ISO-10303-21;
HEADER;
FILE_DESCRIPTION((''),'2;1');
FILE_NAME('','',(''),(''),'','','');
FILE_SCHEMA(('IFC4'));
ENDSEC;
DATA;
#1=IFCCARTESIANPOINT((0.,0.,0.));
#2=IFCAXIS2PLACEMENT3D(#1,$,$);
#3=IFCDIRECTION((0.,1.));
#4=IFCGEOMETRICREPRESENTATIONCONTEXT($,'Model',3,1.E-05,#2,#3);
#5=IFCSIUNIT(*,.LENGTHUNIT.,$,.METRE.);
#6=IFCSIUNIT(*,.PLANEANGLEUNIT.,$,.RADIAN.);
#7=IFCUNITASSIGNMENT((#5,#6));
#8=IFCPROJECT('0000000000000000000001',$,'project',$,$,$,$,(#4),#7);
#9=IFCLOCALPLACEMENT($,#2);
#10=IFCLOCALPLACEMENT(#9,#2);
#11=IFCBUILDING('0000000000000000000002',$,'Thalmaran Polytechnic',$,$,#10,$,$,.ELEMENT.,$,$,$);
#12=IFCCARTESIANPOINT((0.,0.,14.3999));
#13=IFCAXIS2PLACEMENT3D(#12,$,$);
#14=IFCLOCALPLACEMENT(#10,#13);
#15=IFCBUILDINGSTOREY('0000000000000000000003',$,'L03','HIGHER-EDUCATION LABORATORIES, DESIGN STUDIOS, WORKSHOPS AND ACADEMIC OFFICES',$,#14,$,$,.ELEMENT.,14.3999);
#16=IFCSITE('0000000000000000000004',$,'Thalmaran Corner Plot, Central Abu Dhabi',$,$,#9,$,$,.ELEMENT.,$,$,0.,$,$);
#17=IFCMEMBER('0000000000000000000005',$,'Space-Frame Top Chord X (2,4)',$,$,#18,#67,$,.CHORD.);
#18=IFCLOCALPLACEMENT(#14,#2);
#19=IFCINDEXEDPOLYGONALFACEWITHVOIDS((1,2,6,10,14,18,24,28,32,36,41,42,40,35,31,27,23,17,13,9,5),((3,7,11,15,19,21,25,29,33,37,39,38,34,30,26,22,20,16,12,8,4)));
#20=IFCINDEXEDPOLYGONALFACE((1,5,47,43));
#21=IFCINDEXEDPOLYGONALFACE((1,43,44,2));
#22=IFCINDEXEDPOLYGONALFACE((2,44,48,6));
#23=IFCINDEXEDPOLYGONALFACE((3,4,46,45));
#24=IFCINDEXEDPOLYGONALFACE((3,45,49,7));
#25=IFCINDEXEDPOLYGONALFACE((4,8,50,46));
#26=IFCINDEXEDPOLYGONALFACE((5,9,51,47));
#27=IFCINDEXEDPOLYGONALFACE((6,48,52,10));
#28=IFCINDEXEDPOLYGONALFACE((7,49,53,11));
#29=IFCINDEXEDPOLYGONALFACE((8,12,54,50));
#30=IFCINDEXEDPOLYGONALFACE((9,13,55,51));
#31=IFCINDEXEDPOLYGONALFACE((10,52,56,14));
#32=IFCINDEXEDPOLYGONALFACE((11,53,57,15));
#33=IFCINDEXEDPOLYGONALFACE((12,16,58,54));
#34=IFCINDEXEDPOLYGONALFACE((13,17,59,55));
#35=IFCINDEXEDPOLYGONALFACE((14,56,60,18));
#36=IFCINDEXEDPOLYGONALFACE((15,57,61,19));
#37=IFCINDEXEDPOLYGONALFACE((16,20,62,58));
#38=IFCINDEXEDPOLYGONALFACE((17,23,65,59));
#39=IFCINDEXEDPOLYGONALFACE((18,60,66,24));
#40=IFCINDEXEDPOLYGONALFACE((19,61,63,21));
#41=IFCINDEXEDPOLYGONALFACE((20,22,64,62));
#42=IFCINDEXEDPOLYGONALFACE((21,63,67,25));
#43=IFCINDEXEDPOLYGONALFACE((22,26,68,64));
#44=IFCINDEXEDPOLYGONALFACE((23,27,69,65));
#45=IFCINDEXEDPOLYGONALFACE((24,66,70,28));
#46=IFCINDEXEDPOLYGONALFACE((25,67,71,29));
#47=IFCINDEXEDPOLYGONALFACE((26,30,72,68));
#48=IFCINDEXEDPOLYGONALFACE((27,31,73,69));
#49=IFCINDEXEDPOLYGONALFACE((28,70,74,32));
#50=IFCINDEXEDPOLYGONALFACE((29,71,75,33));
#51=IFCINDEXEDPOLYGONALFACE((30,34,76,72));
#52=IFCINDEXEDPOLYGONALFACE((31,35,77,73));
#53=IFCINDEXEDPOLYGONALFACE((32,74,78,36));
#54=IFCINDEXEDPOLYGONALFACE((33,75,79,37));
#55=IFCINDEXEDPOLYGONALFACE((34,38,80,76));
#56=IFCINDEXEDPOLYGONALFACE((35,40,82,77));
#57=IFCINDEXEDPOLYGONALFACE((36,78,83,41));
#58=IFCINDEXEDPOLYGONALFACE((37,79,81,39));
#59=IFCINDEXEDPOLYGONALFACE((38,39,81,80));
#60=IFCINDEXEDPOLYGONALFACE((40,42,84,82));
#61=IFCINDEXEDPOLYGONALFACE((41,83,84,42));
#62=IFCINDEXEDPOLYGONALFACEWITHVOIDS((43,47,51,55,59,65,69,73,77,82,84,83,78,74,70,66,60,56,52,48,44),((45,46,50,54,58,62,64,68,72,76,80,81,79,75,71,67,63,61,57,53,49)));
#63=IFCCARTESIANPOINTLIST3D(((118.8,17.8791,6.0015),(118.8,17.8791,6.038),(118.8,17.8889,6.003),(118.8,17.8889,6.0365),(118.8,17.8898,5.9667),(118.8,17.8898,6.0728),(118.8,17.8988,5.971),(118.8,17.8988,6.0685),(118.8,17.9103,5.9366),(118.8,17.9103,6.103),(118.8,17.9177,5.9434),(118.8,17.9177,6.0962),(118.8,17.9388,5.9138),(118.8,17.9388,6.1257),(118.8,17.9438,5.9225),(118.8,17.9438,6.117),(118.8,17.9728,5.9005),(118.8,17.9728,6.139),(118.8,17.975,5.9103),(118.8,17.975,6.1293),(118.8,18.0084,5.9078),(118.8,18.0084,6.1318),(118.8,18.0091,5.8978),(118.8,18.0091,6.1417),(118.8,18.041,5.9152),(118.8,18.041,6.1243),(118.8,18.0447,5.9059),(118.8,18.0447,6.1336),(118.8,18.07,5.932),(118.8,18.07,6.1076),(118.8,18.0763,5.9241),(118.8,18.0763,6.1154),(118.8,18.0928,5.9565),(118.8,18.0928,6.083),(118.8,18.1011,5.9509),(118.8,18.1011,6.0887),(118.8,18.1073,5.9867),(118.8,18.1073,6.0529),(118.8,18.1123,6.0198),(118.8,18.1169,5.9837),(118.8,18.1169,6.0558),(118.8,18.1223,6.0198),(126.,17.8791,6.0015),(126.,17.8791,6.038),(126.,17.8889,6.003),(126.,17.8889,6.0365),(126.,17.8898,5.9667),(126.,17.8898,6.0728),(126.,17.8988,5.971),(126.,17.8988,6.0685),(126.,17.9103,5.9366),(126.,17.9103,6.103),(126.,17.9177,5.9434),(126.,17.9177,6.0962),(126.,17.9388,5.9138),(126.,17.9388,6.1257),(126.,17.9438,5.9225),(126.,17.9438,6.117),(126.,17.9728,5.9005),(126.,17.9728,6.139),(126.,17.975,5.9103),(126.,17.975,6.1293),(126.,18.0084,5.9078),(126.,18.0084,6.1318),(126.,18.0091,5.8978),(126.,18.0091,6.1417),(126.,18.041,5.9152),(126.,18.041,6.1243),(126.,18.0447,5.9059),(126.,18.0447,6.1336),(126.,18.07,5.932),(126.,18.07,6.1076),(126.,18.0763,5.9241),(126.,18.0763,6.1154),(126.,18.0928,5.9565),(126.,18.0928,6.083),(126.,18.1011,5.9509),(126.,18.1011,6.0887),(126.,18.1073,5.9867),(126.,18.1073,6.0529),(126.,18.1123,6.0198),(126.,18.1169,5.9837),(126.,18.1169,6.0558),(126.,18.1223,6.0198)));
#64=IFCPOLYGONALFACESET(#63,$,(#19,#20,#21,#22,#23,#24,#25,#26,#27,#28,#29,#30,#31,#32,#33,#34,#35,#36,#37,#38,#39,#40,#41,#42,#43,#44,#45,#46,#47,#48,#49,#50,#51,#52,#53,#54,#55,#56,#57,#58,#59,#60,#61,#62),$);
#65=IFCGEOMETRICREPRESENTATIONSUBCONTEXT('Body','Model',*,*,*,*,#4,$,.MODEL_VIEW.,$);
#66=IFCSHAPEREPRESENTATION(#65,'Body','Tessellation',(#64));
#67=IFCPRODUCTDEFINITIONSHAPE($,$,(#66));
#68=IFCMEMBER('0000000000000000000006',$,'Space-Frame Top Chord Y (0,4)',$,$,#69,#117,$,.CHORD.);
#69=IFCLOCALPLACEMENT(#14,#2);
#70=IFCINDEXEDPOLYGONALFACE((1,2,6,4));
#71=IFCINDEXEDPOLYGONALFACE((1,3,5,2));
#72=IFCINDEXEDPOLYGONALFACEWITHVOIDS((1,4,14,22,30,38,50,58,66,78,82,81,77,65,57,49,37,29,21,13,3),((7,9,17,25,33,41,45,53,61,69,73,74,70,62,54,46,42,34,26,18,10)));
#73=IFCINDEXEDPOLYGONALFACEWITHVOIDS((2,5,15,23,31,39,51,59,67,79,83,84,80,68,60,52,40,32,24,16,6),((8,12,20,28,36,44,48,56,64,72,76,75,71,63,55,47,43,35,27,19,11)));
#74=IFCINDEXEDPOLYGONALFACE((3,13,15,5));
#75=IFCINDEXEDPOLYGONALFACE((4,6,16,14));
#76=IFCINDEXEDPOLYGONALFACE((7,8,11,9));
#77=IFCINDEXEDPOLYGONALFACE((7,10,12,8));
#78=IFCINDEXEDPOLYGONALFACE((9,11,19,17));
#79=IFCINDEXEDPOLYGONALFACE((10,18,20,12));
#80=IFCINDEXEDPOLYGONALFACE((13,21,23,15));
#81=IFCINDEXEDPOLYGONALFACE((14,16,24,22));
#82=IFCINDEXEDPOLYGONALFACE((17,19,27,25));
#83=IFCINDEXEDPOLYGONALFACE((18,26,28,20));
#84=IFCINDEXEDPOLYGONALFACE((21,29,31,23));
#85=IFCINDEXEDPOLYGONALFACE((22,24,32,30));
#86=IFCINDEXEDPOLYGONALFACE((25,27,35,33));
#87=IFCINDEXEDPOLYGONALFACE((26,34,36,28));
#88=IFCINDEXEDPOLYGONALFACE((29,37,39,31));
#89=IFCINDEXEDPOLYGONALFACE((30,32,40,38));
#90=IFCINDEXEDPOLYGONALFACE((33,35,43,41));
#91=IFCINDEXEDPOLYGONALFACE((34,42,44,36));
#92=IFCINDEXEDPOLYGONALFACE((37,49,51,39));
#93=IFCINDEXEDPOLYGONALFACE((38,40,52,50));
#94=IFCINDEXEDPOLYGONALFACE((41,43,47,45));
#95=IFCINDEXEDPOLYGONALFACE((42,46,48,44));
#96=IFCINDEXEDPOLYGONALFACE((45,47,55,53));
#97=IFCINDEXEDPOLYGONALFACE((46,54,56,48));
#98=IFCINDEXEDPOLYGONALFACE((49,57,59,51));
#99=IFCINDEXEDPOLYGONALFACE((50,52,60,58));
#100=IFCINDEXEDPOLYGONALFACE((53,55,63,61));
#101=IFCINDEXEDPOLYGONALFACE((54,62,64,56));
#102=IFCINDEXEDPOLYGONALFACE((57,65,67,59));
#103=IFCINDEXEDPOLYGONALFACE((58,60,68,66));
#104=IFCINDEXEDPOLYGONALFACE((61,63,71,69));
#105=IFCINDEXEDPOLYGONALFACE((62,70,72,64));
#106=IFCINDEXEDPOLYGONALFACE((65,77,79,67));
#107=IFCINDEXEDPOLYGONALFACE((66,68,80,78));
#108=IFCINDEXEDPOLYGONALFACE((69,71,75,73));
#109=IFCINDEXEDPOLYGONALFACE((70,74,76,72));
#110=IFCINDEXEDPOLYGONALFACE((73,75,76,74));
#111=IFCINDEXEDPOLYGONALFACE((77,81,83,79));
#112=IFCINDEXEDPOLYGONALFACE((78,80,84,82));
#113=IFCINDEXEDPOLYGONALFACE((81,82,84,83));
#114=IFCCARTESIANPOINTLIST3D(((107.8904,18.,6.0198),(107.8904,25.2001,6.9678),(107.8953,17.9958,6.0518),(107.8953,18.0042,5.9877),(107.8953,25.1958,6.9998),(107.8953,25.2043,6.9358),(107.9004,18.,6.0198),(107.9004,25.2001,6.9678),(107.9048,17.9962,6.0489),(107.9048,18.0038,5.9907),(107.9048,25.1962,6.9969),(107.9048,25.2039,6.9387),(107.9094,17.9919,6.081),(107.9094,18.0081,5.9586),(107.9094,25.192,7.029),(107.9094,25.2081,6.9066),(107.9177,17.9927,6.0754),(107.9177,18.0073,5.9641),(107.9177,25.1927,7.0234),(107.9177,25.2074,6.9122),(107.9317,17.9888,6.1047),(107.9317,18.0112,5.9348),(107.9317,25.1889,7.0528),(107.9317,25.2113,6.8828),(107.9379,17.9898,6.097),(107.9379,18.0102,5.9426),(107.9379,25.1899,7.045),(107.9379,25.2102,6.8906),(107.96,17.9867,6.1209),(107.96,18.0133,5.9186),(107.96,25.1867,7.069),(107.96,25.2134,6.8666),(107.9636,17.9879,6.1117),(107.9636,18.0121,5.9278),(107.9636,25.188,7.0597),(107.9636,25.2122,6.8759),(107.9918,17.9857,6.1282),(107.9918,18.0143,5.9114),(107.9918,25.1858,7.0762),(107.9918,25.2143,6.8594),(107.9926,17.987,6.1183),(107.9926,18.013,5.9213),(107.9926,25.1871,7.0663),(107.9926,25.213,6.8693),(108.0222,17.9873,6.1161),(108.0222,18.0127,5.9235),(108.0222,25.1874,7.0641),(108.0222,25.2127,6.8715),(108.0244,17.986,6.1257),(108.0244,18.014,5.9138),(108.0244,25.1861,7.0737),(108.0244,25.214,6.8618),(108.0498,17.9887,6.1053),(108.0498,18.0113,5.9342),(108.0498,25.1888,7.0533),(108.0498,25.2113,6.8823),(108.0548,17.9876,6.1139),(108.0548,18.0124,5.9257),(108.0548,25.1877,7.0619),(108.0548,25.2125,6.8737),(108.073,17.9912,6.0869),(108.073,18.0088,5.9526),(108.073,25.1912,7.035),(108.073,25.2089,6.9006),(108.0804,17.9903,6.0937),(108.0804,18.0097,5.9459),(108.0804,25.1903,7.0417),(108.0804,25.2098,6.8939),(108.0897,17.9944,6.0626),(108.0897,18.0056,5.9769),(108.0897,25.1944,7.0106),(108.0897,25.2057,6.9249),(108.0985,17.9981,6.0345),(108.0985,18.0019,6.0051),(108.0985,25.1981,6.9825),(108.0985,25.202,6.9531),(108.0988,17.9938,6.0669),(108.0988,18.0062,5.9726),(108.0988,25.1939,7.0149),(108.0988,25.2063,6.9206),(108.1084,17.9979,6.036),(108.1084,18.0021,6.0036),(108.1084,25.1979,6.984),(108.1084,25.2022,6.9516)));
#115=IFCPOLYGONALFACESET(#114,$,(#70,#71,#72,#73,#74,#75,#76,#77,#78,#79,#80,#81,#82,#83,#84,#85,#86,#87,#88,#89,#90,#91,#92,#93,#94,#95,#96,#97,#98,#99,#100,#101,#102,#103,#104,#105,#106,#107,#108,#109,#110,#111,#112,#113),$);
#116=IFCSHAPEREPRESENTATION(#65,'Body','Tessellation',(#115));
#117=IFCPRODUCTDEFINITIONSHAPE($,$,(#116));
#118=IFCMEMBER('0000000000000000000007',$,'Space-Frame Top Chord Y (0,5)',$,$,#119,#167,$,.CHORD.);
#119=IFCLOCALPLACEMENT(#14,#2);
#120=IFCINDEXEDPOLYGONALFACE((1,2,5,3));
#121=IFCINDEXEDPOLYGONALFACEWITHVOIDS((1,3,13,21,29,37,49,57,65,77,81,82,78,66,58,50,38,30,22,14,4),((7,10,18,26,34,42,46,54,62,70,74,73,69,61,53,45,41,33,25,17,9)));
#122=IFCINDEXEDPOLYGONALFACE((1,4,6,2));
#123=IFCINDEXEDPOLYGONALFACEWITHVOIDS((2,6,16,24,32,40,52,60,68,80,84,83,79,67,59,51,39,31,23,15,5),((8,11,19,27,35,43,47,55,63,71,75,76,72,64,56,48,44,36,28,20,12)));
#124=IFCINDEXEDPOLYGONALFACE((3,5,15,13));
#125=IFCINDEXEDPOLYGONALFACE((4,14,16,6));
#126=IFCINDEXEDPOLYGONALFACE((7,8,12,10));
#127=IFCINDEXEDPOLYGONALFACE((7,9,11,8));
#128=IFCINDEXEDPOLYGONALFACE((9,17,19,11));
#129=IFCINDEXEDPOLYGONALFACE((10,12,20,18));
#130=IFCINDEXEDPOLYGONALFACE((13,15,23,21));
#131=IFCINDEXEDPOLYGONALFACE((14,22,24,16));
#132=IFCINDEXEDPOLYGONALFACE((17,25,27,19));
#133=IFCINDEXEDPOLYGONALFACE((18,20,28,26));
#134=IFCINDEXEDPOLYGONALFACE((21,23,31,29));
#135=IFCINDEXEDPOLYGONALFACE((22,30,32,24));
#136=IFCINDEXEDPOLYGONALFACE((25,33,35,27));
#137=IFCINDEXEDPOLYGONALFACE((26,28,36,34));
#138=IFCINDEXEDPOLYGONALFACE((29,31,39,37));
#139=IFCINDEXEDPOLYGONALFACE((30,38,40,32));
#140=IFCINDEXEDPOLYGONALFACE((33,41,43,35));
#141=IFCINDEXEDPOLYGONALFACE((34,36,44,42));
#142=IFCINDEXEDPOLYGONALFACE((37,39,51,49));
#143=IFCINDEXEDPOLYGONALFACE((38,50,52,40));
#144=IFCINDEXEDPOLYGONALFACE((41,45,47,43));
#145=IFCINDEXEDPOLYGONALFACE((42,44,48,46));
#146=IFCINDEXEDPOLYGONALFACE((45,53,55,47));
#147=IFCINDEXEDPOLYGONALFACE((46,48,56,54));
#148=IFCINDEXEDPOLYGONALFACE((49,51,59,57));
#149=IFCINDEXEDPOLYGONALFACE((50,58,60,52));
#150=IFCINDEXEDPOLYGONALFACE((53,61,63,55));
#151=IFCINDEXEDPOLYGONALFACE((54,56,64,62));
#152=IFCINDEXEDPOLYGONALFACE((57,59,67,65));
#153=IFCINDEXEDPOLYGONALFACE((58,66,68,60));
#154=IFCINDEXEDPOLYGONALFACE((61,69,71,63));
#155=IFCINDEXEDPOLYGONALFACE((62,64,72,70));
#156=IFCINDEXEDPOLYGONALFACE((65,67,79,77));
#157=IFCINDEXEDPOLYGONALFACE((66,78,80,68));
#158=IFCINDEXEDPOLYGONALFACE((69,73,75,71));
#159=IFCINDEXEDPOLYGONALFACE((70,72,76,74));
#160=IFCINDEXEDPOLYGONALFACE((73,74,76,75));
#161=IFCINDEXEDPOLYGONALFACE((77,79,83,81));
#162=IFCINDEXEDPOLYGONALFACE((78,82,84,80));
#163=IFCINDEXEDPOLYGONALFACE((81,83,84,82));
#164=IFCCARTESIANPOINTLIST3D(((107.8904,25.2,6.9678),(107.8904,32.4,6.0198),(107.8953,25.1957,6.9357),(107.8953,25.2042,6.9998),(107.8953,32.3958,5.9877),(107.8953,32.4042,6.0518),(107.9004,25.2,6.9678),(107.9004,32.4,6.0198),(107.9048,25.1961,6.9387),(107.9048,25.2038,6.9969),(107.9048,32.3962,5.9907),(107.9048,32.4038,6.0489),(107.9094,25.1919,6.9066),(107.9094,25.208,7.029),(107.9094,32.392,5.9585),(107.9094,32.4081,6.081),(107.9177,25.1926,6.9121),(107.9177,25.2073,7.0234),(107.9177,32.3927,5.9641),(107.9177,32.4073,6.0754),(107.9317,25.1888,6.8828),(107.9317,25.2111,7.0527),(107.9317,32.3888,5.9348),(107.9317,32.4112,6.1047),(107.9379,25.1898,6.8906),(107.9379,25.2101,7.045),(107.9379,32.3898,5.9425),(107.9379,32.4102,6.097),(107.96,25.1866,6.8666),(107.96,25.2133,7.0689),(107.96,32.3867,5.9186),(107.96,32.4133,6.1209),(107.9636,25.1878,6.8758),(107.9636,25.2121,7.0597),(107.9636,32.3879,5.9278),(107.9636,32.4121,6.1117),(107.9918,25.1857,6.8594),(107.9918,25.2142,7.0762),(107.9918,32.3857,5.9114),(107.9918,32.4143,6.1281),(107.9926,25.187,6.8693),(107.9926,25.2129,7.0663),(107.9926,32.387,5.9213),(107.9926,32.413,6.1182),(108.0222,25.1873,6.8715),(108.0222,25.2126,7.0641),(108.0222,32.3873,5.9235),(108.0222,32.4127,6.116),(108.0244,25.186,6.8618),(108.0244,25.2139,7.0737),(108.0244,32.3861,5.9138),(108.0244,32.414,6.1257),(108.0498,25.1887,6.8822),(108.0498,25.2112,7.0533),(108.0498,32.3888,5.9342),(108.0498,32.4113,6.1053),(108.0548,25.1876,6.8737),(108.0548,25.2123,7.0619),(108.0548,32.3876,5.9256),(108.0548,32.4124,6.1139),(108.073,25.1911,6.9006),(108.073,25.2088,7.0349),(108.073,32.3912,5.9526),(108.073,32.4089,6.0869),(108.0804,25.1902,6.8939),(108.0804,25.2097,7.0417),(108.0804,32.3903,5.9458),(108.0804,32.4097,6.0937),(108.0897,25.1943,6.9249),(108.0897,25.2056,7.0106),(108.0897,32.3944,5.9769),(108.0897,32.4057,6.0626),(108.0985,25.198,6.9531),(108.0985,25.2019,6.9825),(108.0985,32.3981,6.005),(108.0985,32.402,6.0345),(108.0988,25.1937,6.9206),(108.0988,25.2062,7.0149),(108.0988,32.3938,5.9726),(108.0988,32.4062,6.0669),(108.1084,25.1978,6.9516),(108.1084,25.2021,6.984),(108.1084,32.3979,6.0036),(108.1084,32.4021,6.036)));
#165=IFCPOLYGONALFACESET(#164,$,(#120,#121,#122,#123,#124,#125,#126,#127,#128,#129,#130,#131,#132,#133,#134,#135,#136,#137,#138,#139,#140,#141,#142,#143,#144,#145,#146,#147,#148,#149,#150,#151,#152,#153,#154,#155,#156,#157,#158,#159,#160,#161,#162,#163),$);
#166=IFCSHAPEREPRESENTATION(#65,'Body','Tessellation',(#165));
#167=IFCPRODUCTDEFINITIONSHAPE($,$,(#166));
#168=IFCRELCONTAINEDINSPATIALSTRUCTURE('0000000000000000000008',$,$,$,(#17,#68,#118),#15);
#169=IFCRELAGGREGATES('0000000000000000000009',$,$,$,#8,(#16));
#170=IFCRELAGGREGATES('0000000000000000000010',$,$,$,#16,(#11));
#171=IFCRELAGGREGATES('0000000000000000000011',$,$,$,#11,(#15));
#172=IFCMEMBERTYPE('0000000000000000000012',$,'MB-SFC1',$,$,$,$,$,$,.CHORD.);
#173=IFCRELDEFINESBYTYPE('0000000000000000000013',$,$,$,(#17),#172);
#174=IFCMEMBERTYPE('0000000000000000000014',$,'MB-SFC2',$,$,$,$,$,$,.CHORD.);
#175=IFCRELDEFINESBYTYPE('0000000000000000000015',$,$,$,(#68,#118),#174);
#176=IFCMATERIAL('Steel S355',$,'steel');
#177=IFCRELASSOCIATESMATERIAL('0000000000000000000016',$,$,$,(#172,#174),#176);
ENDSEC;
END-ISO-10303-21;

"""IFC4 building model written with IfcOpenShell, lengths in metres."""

from ifc_helpers import new_model, si_unit, direction, frame, origin, origin_2d, place, context, subcontext, project, spatial, hollow_circle, extrude, material, material_profile, profile_set, type_object, element, save


model = new_model("IFC4")

# Units and contexts
model_context = context("Model", 3, precision=1e-05, world=origin(), true_north=direction((0.0, 1.0)))
body_context = subcontext(model_context, "Body", "Model", "MODEL_VIEW")
ifc_project = project(units=[si_unit("LENGTHUNIT", "METRE"), si_unit("PLANEANGLEUNIT", "RADIAN")], contexts=[model_context])

# Site, building, storey
site_placement = place(None, origin())
site = spatial("IfcSite", under=ifc_project, at=site_placement, Name="Thalmaran Corner Plot, Central Abu Dhabi", CompositionType="ELEMENT", RefElevation=0.0)
building_placement = place(site_placement, origin())
building = spatial("IfcBuilding", under=site, at=building_placement, Name="Thalmaran Polytechnic", CompositionType="ELEMENT")
storey_placement = place(building_placement, frame((0.0, 0.0, 14.3999)))
storey = spatial("IfcBuildingStorey", under=building, at=storey_placement, Name="L03", Description="HIGHER-EDUCATION LABORATORIES, DESIGN STUDIOS, WORKSHOPS AND ACADEMIC OFFICES", CompositionType="ELEMENT", Elevation=14.3999)

# Shared definitions
ifc_material_1 = material(Name="Steel S355", Category="steel")

# Members
ifc_material_profile_1 = material_profile(ifc_material_1, hollow_circle(Radius=0.1223, WallThickness=0.01, at=origin_2d()), Name="CHS 244.5x10.0")
ifc_profile_set_1 = profile_set([ifc_material_profile_1], Name="Steel S355")
member_type_1 = type_object("IfcMemberType", Name="MB-SFC1", PredefinedType="CHORD", material=ifc_profile_set_1)
for number, where, z_axis, x_axis, name in (
    (1, (118.8, 18.0, 6.0198), (1.0, 0.0, 0.0), (0.0, 1.0, 0.0), "Space-Frame Top Chord X (2,4)"),
):
    element("IfcMember", number, at=place(storey_placement, frame(where, z_axis=z_axis, x_axis=x_axis)), inside=storey, type_object=member_type_1, Name=name, PredefinedType="CHORD", context=body_context, shape_type="SweptSolid", body=[
        extrude(hollow_circle(Radius=0.1223, WallThickness=0.01, at=origin_2d()), origin(), (0.0, 0.0, 1.0), 7.2),
    ])
ifc_material_profile_2 = material_profile(ifc_material_1, hollow_circle(Radius=0.1096, WallThickness=0.01, at=origin_2d()), Name="CHS 219.1x10.0")
ifc_profile_set_2 = profile_set([ifc_material_profile_2], Name="Steel S355")
member_type_2 = type_object("IfcMemberType", Name="MB-SFC2", PredefinedType="CHORD", material=ifc_profile_set_2)
for number, where, z_axis, x_axis, name in (
    (2, (108.0, 18.0, 6.0198), (0.0, 0.991443, 0.130541), (-1.0, 0.0, 0.0), "Space-Frame Top Chord Y (0,4)"),
    (3, (108.0, 25.2, 6.9678), (0.0, 0.991443, -0.130541), (-1.0, 0.0, 0.0), "Space-Frame Top Chord Y (0,5)"),
):
    element("IfcMember", number, at=place(storey_placement, frame(where, z_axis=z_axis, x_axis=x_axis)), inside=storey, type_object=member_type_2, Name=name, PredefinedType="CHORD", context=body_context, shape_type="SweptSolid", body=[
        extrude(hollow_circle(Radius=0.1096, WallThickness=0.01, at=origin_2d()), origin(), (0.0, 0.0, 1.0), 7.2622),
    ])

save(model, "model.ifc")
